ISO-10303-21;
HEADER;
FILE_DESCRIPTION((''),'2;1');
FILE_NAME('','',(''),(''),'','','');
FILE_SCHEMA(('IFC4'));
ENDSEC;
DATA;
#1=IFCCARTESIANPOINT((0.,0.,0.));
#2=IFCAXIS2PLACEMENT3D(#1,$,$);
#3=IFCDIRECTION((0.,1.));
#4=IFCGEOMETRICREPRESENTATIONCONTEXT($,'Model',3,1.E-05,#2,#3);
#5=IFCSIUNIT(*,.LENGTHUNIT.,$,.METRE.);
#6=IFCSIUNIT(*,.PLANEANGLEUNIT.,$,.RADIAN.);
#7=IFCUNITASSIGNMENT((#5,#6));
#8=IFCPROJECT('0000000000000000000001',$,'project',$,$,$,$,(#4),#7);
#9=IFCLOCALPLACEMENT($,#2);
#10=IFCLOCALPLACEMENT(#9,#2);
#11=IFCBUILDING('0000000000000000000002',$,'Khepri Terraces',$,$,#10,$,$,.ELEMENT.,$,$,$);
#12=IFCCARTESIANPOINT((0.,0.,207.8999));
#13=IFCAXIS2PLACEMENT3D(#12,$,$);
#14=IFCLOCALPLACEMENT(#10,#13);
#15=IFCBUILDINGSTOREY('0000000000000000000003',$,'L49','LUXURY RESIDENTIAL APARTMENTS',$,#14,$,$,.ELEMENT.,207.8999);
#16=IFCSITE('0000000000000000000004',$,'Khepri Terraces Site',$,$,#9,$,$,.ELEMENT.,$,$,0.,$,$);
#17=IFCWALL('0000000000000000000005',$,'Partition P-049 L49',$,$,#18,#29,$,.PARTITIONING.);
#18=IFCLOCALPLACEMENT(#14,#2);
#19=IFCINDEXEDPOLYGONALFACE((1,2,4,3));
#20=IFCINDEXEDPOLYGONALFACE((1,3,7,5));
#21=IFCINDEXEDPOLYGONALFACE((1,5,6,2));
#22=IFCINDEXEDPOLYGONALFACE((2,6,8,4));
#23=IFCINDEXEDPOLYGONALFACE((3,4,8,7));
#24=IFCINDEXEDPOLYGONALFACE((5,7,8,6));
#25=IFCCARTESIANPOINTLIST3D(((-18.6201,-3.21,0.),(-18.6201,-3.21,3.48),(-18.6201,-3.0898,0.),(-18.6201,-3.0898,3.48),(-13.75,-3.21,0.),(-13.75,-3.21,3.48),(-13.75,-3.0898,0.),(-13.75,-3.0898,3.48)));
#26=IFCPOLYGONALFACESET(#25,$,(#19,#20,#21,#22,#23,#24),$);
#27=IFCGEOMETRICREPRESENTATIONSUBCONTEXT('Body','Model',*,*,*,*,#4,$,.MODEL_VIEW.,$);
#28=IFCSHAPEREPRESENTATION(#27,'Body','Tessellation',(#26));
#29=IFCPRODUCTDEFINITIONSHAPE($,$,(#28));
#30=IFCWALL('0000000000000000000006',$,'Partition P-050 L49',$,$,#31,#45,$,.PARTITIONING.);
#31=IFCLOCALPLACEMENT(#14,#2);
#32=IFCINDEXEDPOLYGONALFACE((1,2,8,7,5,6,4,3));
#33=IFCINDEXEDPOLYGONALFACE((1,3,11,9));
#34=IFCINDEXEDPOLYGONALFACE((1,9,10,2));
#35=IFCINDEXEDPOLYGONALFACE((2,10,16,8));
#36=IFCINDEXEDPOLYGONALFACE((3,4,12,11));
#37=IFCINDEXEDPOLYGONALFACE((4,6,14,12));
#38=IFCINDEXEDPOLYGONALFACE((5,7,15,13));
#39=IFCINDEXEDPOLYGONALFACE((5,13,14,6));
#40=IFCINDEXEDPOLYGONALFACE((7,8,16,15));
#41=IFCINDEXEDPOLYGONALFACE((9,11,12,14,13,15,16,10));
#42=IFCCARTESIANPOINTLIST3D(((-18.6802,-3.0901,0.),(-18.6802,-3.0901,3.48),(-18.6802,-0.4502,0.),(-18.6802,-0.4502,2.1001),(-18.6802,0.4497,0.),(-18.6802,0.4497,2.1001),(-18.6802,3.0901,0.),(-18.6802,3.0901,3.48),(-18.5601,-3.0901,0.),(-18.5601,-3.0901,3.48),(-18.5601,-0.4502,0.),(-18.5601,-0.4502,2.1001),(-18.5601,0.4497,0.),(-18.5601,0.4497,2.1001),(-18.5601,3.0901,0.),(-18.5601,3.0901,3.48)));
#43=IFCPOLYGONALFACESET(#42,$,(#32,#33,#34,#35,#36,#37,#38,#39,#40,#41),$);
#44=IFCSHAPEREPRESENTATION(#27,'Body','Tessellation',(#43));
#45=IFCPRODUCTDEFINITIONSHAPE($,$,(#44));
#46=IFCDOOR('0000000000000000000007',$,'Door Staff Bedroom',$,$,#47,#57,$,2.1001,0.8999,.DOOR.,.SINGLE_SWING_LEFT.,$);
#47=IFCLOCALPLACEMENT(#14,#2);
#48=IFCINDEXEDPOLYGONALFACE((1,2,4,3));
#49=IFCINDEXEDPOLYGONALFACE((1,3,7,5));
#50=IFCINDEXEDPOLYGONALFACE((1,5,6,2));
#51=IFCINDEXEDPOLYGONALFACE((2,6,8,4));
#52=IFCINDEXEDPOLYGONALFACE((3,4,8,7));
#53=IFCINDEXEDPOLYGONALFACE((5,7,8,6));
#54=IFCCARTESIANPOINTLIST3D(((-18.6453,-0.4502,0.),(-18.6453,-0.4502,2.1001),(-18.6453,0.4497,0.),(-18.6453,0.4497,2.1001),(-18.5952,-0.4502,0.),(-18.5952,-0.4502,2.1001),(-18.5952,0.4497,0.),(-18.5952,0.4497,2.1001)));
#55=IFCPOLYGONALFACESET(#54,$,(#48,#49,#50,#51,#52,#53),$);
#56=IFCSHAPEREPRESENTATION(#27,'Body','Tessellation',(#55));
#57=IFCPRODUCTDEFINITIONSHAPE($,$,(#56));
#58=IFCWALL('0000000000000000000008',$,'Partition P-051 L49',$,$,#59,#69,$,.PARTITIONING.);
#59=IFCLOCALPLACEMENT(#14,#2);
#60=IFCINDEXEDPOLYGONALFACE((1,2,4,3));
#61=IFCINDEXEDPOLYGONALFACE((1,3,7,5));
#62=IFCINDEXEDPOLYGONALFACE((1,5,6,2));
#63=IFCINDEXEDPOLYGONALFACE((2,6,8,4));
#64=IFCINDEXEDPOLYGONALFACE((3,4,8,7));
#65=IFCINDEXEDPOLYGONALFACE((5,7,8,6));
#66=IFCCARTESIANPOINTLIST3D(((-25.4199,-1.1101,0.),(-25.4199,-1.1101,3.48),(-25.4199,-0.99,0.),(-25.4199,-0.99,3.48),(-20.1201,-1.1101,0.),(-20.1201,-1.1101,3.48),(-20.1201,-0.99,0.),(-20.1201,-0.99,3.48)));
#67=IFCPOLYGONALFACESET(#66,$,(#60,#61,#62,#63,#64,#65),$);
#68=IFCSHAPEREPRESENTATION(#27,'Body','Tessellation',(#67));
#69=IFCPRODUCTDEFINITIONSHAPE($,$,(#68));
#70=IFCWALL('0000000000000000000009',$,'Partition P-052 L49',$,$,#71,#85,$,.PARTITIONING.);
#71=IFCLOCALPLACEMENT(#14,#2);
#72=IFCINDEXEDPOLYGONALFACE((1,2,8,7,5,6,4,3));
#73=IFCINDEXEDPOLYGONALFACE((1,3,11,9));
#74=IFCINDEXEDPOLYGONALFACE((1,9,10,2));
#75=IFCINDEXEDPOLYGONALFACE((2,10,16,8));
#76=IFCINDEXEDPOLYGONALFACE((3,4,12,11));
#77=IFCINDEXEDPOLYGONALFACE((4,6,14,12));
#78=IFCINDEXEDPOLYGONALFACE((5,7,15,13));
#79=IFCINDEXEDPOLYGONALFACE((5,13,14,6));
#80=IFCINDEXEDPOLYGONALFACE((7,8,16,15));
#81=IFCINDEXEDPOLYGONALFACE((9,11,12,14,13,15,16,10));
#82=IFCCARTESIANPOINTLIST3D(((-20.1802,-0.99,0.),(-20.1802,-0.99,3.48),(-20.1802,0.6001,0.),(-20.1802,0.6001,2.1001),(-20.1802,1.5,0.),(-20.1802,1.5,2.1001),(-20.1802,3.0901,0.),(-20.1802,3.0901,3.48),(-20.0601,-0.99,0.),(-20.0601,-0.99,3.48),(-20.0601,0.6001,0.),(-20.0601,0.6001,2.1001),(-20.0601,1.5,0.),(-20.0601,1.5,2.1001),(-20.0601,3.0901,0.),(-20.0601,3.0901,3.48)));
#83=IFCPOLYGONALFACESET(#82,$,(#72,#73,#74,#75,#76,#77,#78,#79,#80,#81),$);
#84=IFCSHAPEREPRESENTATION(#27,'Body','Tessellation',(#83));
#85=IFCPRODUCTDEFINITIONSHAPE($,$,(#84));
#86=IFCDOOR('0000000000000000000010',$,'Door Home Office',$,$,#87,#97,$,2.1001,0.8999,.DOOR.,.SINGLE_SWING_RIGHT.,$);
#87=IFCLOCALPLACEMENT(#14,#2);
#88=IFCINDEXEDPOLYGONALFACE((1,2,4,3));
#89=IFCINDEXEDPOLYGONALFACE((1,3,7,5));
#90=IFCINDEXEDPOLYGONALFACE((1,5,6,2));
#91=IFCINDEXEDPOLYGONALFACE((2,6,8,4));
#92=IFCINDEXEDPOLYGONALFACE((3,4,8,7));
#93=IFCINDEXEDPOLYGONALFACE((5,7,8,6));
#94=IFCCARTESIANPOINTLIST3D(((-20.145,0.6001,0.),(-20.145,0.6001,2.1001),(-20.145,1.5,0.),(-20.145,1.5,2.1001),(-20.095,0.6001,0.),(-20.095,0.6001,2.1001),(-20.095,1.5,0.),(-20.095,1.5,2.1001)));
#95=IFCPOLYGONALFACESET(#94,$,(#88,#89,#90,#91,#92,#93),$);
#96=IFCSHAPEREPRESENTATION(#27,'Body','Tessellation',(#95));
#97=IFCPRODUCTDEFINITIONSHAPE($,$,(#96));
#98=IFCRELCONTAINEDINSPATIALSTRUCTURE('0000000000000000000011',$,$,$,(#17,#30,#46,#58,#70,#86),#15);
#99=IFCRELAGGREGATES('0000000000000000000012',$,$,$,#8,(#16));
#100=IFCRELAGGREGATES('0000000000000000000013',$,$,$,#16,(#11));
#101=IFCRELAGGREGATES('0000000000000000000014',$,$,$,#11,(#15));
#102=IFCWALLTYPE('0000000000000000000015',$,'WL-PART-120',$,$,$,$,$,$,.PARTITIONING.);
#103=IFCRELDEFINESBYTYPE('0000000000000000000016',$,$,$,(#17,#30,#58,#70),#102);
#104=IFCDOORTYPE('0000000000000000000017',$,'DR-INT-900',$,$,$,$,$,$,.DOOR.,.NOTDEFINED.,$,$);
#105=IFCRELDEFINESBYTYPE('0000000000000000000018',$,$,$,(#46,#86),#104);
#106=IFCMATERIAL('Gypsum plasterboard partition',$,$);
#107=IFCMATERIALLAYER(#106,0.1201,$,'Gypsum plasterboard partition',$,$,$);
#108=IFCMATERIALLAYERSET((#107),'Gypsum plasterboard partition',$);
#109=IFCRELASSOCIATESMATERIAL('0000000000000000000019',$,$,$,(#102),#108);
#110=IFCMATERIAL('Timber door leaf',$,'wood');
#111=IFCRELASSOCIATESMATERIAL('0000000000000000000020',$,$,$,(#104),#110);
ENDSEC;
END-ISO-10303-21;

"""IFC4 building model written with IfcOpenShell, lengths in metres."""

from ifc_helpers import new_model, si_unit, direction, frame, frame_2d, origin, place, context, subcontext, project, spatial, rectangle, extrude, material, layer, layer_set, type_object, element, fill, save


model = new_model("IFC4")

# Units and contexts
model_context = context("Model", 3, precision=1e-05, world=origin(), true_north=direction((0.0, 1.0)))
body_context = subcontext(model_context, "Body", "Model", "MODEL_VIEW")
ifc_project = project(units=[si_unit("LENGTHUNIT", "METRE"), si_unit("PLANEANGLEUNIT", "RADIAN")], contexts=[model_context])

# Site, building, storey
site_placement = place(None, origin())
site = spatial("IfcSite", under=ifc_project, at=site_placement, Name="Khepri Terraces Site", CompositionType="ELEMENT", RefElevation=0.0)
building_placement = place(site_placement, origin())
building = spatial("IfcBuilding", under=site, at=building_placement, Name="Khepri Terraces", CompositionType="ELEMENT")
storey_placement = place(building_placement, frame((0.0, 0.0, 207.8999)))
storey = spatial("IfcBuildingStorey", under=building, at=storey_placement, Name="L49", Description="LUXURY RESIDENTIAL APARTMENTS", CompositionType="ELEMENT", Elevation=207.8999)

# Shared definitions
ifc_material_1 = material(Name="Gypsum plasterboard partition")
ifc_layer_1 = layer(ifc_material_1, 0.1201, Name="Gypsum plasterboard partition")
ifc_layer_set_1 = layer_set([ifc_layer_1], Name="Gypsum plasterboard partition")
wall_type_1 = type_object("IfcWallType", Name="WL-PART-120", PredefinedType="PARTITIONING", material=ifc_layer_set_1)
ifc_material_2 = material(Name="Timber door leaf", Category="wood")
door_type_1 = type_object("IfcDoorType", Name="DR-INT-900", OperationType="NOTDEFINED", PredefinedType="DOOR", material=ifc_material_2)

# Wall
wall_1_placement = place(storey_placement, frame((-18.6201, -3.1499, 0.0), z_axis=(0.0, 0.0, 1.0), x_axis=(1.0, 0.0, 0.0)))
element("IfcWall", 1, at=wall_1_placement, inside=storey, type_object=wall_type_1, Name="Partition P-049 L49", PredefinedType="PARTITIONING", context=body_context, shape_type="SweptSolid", body=[
    extrude(rectangle(XDim=4.8701, YDim=0.1201, at=frame_2d((2.4351, 0.0))), origin(), (0.0, 0.0, 1.0), 3.48),
])

# Wall, opening, door
wall_2_placement = place(storey_placement, frame((-18.6201, -3.0901, 0.0), z_axis=(0.0, 0.0, 1.0), x_axis=(0.0, 1.0, 0.0)))
wall_2 = element("IfcWall", 2, at=wall_2_placement, inside=storey, type_object=wall_type_1, Name="Partition P-050 L49", PredefinedType="PARTITIONING", context=body_context, shape_type="SweptSolid", body=[
    extrude(rectangle(XDim=6.1802, YDim=0.1201, at=frame_2d((3.0901, 0.0))), origin(), (0.0, 0.0, 1.0), 3.48),
])
opening_1_placement = place(wall_2_placement, frame((2.6399, 0.0, 0.0)))
opening_1 = element("IfcOpeningElement", 3, at=opening_1_placement, cuts=wall_2, PredefinedType="OPENING", context=body_context, shape_type="SweptSolid", body=[
    extrude(rectangle(XDim=0.8999, YDim=2.1001, at=frame_2d((0.45, 1.05))), frame((0.0, 0.0701, 0.0), z_axis=(0.0, -1.0, 0.0), x_axis=(1.0, 0.0, 0.0)), (0.0, 0.0, 1.0), 0.1401),
])
door_1_placement = place(opening_1_placement, frame((0.8999, 0.0, 0.0), z_axis=(0.0, 0.0, 1.0), x_axis=(-1.0, 0.0, 0.0)))
door_1 = element("IfcDoor", 4, at=door_1_placement, inside=storey, type_object=door_type_1, Name="Door Staff Bedroom", OperationType="SINGLE_SWING_LEFT", OverallHeight=2.1001, OverallWidth=0.8999, PredefinedType="DOOR", context=body_context, shape_type="SweptSolid", body=[
    extrude(rectangle(XDim=0.8999, YDim=2.1001, at=frame_2d((0.45, 1.05))), frame((0.0, 0.0249, 0.0), z_axis=(0.0, -1.0, 0.0), x_axis=(1.0, 0.0, 0.0)), (0.0, 0.0, 1.0), 0.05),
])
fill(opening_1, door_1)

# Wall
wall_3_placement = place(storey_placement, frame((-25.4199, -1.05, 0.0), z_axis=(0.0, 0.0, 1.0), x_axis=(1.0, 0.0, 0.0)))
element("IfcWall", 5, at=wall_3_placement, inside=storey, type_object=wall_type_1, Name="Partition P-051 L49", PredefinedType="PARTITIONING", context=body_context, shape_type="SweptSolid", body=[
    extrude(rectangle(XDim=5.2998, YDim=0.1201, at=frame_2d((2.6499, 0.0))), origin(), (0.0, 0.0, 1.0), 3.48),
])

# Wall, opening, door
wall_4_placement = place(storey_placement, frame((-20.1201, -0.99, 0.0), z_axis=(0.0, 0.0, 1.0), x_axis=(0.0, 1.0, 0.0)))
wall_4 = element("IfcWall", 6, at=wall_4_placement, inside=storey, type_object=wall_type_1, Name="Partition P-052 L49", PredefinedType="PARTITIONING", context=body_context, shape_type="SweptSolid", body=[
    extrude(rectangle(XDim=4.0801, YDim=0.1201, at=frame_2d((2.04, 0.0))), origin(), (0.0, 0.0, 1.0), 3.48),
])
opening_2_placement = place(wall_4_placement, frame((1.5901, 0.0, 0.0)))
opening_2 = element("IfcOpeningElement", 7, at=opening_2_placement, cuts=wall_4, PredefinedType="OPENING", context=body_context, shape_type="SweptSolid", body=[
    extrude(rectangle(XDim=0.8999, YDim=2.1001, at=frame_2d((0.45, 1.05))), frame((0.0, 0.0701, 0.0), z_axis=(0.0, -1.0, 0.0), x_axis=(1.0, 0.0, 0.0)), (0.0, 0.0, 1.0), 0.1401),
])
door_2_placement = place(opening_2_placement, origin())
door_2 = element("IfcDoor", 8, at=door_2_placement, inside=storey, type_object=door_type_1, Name="Door Home Office", OperationType="SINGLE_SWING_RIGHT", OverallHeight=2.1001, OverallWidth=0.8999, PredefinedType="DOOR", context=body_context, shape_type="SweptSolid", body=[
    extrude(rectangle(XDim=0.8999, YDim=2.1001, at=frame_2d((0.45, 1.05))), frame((0.0, 0.0249, 0.0), z_axis=(0.0, -1.0, 0.0), x_axis=(1.0, 0.0, 0.0)), (0.0, 0.0, 1.0), 0.05),
])
fill(opening_2, door_2)

save(model, "model.ifc")
